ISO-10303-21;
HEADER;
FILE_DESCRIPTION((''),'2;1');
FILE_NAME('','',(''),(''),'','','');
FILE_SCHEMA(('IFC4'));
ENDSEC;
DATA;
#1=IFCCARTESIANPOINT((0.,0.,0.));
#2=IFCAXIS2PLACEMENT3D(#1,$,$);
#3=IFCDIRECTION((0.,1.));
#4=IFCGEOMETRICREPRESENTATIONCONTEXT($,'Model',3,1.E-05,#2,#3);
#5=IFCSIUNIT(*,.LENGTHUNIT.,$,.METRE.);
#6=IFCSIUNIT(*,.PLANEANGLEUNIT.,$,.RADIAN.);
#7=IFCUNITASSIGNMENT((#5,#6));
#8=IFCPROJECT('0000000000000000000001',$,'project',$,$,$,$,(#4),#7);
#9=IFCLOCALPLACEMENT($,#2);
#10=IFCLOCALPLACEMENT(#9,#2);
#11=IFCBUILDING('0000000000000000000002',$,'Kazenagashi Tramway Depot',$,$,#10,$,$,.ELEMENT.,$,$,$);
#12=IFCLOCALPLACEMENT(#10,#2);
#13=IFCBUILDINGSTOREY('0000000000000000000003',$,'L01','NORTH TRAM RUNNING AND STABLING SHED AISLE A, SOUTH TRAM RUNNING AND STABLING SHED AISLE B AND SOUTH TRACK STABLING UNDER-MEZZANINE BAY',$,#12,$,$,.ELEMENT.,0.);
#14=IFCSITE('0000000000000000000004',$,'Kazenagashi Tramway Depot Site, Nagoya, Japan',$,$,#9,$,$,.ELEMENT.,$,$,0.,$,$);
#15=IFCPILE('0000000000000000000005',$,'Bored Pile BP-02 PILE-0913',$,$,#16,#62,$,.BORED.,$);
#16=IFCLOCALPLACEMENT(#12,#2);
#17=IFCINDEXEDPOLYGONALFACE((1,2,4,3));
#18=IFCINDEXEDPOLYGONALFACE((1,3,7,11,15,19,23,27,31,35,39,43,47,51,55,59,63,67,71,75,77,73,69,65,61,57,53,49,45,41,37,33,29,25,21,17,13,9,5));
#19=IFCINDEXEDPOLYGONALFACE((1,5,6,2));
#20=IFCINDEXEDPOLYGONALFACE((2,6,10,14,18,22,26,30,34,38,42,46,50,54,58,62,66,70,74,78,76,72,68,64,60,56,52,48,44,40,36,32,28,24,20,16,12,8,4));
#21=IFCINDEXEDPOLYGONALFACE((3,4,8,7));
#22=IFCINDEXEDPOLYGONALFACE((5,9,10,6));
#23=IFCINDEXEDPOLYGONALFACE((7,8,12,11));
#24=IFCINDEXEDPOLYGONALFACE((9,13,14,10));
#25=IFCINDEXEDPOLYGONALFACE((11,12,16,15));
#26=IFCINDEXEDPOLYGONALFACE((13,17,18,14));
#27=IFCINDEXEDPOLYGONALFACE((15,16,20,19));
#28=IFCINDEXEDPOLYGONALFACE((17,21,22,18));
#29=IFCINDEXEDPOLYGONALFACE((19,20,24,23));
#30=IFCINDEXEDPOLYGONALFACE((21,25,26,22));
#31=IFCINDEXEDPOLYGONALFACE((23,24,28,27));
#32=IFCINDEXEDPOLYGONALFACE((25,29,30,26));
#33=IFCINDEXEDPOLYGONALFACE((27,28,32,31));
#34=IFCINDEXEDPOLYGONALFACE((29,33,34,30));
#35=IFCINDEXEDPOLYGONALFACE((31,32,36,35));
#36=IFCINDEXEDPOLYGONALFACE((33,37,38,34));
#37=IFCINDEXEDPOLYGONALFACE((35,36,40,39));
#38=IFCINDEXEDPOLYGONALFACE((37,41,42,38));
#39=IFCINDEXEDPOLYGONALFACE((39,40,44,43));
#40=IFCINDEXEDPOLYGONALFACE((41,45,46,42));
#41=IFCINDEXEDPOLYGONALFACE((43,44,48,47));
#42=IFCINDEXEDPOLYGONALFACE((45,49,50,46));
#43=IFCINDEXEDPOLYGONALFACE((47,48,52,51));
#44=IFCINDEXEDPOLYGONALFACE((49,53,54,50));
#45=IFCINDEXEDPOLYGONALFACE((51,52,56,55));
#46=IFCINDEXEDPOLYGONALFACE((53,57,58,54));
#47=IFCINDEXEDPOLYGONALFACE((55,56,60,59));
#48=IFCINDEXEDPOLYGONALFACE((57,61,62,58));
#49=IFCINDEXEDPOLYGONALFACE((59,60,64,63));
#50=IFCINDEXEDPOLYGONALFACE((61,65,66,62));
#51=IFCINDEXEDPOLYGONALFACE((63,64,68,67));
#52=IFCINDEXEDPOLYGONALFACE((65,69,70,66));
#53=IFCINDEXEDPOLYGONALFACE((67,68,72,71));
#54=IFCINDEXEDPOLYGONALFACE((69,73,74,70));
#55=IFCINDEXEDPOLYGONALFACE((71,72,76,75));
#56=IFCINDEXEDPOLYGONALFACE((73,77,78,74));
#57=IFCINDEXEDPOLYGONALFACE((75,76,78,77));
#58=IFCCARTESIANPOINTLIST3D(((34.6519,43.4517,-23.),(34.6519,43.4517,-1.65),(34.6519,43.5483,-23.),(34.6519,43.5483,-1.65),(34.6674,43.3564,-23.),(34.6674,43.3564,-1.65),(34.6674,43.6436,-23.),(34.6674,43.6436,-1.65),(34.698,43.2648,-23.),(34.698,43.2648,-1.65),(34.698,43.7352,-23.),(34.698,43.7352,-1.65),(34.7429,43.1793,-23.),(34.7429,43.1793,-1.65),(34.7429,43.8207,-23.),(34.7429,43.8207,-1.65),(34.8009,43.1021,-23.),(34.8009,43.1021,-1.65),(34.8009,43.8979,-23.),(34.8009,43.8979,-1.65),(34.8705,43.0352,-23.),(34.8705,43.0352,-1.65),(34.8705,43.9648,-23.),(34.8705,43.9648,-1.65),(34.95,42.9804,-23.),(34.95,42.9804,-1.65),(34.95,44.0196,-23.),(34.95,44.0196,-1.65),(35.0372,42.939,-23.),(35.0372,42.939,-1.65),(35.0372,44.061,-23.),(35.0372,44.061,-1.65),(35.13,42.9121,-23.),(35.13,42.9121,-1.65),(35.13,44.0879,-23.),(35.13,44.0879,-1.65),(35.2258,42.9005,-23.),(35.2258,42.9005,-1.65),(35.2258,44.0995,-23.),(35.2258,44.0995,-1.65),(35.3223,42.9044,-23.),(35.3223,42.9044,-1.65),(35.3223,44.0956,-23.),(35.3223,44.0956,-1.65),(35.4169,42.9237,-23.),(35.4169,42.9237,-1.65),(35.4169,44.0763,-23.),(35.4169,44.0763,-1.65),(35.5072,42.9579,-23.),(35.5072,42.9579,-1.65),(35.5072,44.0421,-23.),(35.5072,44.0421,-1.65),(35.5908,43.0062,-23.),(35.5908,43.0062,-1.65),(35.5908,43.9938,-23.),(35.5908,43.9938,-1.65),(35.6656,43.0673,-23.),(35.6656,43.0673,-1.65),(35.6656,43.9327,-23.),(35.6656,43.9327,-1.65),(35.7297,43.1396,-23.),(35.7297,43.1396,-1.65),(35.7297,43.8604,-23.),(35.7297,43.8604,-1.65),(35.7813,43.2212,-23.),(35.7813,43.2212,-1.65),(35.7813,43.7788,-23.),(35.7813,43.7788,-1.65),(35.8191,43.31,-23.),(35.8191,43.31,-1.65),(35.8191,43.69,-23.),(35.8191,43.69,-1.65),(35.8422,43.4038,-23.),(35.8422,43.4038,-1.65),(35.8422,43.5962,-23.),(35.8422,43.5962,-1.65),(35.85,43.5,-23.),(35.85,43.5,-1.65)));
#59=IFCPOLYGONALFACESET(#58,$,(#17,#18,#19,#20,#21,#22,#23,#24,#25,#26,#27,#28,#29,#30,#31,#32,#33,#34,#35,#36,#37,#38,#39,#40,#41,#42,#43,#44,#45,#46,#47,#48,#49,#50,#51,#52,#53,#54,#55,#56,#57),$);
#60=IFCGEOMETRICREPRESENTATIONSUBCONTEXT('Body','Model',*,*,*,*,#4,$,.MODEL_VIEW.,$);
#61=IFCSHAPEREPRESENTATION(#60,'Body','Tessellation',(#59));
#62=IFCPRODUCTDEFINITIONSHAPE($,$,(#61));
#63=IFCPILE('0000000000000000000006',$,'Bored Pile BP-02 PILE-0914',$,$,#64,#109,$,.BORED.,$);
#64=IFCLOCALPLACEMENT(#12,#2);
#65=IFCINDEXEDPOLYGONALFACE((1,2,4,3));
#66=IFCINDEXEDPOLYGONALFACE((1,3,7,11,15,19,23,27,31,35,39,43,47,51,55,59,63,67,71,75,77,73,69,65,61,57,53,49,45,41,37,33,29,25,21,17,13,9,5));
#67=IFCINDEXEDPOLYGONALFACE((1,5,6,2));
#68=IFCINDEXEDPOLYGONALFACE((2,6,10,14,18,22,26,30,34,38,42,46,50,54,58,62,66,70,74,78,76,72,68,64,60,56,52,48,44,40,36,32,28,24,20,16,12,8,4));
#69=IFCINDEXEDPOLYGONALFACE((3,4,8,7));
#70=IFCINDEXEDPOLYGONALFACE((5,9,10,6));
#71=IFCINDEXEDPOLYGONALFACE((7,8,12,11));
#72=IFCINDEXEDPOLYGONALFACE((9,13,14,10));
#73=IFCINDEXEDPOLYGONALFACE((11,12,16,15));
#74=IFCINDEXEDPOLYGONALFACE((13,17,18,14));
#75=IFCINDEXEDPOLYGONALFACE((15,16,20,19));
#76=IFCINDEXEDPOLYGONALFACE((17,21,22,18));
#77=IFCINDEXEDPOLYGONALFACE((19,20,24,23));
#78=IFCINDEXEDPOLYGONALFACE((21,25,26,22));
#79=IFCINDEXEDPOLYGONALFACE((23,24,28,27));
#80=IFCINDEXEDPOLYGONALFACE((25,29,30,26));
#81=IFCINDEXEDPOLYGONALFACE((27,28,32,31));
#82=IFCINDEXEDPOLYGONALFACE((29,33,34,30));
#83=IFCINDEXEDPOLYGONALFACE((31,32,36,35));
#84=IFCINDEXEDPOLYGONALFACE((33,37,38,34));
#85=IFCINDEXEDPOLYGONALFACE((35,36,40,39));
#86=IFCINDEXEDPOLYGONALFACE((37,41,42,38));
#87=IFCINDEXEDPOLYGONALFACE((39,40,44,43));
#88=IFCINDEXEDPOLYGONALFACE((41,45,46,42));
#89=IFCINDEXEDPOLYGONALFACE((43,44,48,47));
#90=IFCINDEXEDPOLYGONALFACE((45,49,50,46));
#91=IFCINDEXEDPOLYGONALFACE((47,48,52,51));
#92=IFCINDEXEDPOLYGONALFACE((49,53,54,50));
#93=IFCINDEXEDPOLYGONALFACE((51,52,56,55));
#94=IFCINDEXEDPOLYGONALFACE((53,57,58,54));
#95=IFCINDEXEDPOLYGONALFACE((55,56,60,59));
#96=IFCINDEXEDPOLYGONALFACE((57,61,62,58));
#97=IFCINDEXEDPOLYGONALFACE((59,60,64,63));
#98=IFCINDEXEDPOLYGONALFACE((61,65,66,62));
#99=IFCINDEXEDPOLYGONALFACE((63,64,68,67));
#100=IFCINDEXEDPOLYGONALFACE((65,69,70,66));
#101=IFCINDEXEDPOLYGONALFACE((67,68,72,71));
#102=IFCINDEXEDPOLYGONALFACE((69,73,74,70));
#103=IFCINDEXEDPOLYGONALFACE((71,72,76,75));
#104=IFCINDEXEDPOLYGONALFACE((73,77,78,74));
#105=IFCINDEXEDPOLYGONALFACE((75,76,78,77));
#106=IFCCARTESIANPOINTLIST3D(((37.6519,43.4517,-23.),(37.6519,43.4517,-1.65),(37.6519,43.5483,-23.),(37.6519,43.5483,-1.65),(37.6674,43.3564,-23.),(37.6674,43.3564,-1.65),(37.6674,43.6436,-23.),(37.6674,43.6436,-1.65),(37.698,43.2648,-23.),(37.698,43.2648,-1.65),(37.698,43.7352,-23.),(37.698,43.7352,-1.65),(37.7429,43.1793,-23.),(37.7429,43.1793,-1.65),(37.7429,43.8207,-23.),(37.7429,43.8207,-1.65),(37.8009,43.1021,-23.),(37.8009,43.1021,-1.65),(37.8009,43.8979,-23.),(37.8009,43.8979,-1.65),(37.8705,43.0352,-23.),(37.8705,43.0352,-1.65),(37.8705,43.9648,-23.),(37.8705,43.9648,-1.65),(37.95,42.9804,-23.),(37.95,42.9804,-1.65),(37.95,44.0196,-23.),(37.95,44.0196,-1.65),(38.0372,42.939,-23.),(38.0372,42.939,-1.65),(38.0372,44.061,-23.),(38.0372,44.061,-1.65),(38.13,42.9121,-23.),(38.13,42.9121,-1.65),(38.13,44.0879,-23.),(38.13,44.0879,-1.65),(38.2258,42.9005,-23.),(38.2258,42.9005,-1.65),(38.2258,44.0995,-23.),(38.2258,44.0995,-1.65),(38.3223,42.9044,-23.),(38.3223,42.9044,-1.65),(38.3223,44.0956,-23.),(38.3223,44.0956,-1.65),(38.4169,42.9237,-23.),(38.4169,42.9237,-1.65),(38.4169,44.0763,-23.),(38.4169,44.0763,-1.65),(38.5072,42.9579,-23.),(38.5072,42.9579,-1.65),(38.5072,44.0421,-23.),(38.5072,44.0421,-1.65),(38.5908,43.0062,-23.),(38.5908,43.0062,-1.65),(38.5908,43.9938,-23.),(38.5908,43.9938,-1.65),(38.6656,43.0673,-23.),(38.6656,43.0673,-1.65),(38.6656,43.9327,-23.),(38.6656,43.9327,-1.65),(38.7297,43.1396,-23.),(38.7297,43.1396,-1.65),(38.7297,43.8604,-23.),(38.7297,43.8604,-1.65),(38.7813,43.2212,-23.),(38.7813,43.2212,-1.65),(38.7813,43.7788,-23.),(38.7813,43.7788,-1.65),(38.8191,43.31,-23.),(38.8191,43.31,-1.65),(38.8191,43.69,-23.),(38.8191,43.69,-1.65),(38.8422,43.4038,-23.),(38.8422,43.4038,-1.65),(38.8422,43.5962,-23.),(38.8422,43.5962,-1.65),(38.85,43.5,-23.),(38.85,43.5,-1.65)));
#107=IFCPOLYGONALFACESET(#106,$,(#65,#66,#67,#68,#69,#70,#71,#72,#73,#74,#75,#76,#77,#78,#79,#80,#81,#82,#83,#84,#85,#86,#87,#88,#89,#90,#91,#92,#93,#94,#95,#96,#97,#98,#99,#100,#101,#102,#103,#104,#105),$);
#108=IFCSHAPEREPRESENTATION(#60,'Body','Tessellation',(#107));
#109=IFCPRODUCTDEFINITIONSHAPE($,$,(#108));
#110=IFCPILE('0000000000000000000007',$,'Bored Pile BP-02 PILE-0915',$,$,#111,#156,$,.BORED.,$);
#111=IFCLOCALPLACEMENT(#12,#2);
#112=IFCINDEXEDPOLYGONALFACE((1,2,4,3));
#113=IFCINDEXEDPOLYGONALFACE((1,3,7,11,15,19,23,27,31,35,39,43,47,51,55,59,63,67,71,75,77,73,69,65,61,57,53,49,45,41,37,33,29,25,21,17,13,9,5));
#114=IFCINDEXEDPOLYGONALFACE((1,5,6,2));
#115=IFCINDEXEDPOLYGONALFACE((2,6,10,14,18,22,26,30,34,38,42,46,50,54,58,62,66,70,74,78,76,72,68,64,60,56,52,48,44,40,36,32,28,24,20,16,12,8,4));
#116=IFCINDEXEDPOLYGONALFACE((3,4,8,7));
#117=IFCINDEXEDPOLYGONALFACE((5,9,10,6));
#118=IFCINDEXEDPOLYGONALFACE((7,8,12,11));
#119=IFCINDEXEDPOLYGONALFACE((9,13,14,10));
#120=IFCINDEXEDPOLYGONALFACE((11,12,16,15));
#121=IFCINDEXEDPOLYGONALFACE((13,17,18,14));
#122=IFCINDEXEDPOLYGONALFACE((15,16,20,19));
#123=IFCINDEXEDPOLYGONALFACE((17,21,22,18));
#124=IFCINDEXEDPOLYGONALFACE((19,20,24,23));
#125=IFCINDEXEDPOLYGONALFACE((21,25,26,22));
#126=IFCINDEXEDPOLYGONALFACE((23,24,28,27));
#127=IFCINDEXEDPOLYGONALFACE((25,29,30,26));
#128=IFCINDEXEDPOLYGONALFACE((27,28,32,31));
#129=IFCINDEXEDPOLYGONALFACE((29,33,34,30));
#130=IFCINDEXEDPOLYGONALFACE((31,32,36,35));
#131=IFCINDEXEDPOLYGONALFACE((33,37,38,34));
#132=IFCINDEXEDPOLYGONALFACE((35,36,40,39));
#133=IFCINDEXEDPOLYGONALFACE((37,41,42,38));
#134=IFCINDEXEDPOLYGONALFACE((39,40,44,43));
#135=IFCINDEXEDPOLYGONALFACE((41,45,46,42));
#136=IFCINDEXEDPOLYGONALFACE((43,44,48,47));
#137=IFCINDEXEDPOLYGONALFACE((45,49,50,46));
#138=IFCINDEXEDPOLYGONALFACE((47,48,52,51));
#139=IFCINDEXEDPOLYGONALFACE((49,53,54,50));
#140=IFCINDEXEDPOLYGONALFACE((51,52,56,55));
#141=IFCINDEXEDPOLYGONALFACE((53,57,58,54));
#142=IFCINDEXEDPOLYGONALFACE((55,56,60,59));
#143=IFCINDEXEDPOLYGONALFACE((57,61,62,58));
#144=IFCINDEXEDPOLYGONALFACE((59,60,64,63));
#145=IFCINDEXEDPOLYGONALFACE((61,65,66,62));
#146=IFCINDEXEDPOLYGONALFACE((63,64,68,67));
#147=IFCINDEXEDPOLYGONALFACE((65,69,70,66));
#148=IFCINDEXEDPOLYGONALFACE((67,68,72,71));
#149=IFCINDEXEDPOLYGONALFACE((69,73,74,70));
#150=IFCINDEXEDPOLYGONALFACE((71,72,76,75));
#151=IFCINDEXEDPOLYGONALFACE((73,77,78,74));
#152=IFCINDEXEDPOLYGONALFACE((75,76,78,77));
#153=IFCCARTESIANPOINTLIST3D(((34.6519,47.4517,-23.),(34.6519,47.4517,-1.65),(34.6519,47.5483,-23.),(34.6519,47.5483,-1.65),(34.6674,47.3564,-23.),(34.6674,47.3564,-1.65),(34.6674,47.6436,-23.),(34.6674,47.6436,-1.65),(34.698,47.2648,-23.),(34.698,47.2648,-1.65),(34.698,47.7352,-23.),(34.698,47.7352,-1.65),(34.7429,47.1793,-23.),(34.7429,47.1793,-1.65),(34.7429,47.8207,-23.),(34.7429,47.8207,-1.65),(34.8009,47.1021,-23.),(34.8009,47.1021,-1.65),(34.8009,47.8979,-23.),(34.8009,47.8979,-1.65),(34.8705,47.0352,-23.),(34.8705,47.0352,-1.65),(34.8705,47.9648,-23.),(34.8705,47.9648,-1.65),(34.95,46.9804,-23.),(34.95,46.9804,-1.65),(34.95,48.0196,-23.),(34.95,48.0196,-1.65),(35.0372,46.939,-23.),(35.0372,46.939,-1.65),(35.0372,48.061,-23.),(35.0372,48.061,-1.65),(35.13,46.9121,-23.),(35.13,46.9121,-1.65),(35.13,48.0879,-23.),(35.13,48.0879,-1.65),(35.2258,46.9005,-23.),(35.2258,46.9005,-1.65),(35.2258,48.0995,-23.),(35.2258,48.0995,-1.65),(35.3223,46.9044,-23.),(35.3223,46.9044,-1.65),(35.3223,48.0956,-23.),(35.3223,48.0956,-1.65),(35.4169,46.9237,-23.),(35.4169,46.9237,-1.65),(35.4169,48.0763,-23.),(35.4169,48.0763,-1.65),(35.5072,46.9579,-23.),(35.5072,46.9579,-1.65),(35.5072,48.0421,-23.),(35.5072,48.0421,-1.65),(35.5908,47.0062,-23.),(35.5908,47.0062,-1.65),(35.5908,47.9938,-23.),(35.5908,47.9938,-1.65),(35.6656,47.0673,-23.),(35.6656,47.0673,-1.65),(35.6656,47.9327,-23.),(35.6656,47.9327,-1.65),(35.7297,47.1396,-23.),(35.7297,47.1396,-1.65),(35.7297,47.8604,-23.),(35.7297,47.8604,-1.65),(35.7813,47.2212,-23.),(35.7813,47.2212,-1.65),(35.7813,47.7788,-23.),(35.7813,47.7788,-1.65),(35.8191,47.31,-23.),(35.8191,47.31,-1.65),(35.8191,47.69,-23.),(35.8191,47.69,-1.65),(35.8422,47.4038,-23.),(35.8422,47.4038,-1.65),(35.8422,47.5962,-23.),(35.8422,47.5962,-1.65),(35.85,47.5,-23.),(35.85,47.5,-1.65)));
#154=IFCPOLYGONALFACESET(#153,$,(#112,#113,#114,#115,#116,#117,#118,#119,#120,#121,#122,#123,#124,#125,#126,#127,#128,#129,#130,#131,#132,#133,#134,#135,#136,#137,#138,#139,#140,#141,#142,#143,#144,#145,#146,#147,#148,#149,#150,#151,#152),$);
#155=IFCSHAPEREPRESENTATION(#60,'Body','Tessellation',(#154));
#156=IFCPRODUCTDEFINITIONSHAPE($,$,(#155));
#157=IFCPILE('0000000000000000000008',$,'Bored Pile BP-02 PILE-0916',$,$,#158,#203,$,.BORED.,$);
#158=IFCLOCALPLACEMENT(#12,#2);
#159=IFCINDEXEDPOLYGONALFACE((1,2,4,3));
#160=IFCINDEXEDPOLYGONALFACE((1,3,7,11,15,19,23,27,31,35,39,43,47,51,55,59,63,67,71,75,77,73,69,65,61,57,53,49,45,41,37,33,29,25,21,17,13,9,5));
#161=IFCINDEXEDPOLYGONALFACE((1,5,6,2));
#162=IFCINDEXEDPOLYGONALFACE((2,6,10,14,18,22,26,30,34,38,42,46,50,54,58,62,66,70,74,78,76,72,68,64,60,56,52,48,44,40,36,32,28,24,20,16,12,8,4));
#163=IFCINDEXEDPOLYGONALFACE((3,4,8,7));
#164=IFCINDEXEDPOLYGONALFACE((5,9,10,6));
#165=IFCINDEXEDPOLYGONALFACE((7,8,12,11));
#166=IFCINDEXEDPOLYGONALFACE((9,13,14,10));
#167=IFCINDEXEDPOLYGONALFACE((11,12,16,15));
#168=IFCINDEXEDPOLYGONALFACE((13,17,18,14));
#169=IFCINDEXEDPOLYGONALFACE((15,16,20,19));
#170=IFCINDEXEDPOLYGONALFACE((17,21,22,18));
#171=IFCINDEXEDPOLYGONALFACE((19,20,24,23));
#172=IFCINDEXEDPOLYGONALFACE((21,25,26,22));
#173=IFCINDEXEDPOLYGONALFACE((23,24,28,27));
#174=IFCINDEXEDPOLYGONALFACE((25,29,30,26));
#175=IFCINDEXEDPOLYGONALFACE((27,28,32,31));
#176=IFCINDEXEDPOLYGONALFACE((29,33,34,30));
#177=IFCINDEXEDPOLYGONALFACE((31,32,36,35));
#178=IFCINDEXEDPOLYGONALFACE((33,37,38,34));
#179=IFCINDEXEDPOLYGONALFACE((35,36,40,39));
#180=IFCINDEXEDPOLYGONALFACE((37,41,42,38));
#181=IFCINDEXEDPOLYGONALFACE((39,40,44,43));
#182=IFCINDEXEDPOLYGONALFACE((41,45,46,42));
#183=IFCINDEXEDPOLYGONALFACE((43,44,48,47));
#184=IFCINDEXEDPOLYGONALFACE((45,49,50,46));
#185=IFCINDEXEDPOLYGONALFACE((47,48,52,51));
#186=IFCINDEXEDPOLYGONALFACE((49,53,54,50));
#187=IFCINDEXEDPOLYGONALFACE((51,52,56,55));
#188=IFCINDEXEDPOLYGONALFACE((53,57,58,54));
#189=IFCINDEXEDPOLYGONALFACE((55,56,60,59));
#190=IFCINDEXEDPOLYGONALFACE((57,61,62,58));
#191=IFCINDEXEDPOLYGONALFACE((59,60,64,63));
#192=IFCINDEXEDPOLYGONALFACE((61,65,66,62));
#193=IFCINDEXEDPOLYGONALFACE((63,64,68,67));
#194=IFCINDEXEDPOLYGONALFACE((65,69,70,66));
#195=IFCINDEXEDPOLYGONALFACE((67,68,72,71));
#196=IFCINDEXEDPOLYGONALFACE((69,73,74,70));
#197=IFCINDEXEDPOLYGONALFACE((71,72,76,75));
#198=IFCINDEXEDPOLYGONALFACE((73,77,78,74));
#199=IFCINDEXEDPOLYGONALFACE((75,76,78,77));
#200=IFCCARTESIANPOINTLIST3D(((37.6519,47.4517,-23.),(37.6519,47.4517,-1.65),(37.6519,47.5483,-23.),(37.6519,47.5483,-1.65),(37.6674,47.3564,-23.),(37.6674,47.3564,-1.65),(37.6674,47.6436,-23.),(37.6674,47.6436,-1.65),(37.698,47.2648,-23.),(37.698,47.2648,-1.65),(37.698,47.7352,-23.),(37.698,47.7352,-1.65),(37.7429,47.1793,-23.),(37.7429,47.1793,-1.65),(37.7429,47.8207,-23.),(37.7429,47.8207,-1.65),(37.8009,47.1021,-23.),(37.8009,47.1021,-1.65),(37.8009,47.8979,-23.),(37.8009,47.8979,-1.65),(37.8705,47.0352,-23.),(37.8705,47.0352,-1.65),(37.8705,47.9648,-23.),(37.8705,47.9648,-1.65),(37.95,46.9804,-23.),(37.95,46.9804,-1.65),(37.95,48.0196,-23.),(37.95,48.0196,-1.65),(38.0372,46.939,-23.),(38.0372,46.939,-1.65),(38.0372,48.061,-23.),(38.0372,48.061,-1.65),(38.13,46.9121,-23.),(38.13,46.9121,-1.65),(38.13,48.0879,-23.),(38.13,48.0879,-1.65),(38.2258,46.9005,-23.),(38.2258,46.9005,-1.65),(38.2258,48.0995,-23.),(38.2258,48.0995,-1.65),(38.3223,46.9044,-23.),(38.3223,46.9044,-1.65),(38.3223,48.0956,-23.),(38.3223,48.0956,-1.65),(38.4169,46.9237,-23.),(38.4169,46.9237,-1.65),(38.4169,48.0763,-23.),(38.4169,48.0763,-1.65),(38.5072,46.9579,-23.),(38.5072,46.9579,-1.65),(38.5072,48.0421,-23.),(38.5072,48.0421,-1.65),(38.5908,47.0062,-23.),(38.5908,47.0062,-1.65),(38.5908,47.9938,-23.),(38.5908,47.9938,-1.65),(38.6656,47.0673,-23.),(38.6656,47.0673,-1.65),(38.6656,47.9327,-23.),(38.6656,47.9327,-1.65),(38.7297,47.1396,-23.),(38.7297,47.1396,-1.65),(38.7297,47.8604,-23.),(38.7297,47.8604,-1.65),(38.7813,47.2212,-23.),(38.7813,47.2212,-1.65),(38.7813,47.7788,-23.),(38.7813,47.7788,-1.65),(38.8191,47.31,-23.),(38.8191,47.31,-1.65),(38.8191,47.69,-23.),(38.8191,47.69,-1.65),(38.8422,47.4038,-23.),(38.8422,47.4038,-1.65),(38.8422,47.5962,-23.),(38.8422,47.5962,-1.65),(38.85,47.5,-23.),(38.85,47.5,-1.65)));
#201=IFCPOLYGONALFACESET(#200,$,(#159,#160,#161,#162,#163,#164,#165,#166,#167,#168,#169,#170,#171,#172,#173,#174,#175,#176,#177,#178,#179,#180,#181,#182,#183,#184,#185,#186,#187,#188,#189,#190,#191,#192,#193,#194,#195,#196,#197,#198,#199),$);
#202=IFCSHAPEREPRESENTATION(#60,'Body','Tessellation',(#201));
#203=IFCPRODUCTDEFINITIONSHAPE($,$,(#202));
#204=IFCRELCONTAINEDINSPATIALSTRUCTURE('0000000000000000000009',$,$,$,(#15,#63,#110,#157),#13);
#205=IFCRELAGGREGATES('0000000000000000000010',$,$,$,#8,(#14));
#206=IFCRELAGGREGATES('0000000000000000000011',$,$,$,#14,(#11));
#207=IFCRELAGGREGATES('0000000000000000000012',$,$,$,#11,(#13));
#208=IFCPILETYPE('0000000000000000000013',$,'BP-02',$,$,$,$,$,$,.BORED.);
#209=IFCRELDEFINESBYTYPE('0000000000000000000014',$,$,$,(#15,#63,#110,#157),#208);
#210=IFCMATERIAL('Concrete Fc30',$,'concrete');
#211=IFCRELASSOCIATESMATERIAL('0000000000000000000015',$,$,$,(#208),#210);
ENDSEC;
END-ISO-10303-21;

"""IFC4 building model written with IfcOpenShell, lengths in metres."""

from ifc_helpers import new_model, si_unit, direction, frame, origin, origin_2d, place, context, subcontext, project, spatial, circle, extrude, material, material_profile, profile_set, type_object, element, save


model = new_model("IFC4")

# Units and contexts
model_context = context("Model", 3, precision=1e-05, world=origin(), true_north=direction((0.0, 1.0)))
body_context = subcontext(model_context, "Body", "Model", "MODEL_VIEW")
ifc_project = project(units=[si_unit("LENGTHUNIT", "METRE"), si_unit("PLANEANGLEUNIT", "RADIAN")], contexts=[model_context])

# Site, building, storey
site_placement = place(None, origin())
site = spatial("IfcSite", under=ifc_project, at=site_placement, Name="Kazenagashi Tramway Depot Site, Nagoya, Japan", CompositionType="ELEMENT", RefElevation=0.0)
building_placement = place(site_placement, origin())
building = spatial("IfcBuilding", under=site, at=building_placement, Name="Kazenagashi Tramway Depot", CompositionType="ELEMENT")
storey_placement = place(building_placement, origin())
storey = spatial("IfcBuildingStorey", under=building, at=storey_placement, Name="L01", Description="NORTH TRAM RUNNING AND STABLING SHED AISLE A, SOUTH TRAM RUNNING AND STABLING SHED AISLE B AND SOUTH TRACK STABLING UNDER-MEZZANINE BAY", CompositionType="ELEMENT", Elevation=0.0)

# Piles
ifc_material_1 = material(Name="Concrete Fc30", Category="concrete")
ifc_material_profile_1 = material_profile(ifc_material_1, circle(Radius=0.6, at=origin_2d()), Name="PILE-1200")
ifc_profile_set_1 = profile_set([ifc_material_profile_1], Name="Concrete Fc30")
pile_type_1 = type_object("IfcPileType", Name="BP-02", PredefinedType="BORED", material=ifc_profile_set_1)
for number, where, z_axis, x_axis, name in (
    (1, (35.25, 43.5, -1.65), (0.0, 0.0, -1.0), (1.0, 0.0, 0.0), "Bored Pile BP-02 PILE-0913"),
    (2, (38.25, 43.5, -1.65), (0.0, 0.0, -1.0), (1.0, 0.0, 0.0), "Bored Pile BP-02 PILE-0914"),
    (3, (35.25, 47.5, -1.65), (0.0, 0.0, -1.0), (1.0, 0.0, 0.0), "Bored Pile BP-02 PILE-0915"),
    (4, (38.25, 47.5, -1.65), (0.0, 0.0, -1.0), (1.0, 0.0, 0.0), "Bored Pile BP-02 PILE-0916"),
):
    element("IfcPile", number, at=place(storey_placement, frame(where, z_axis=z_axis, x_axis=x_axis)), inside=storey, type_object=pile_type_1, Name=name, PredefinedType="BORED", context=body_context, shape_type="SweptSolid", body=[
        extrude(circle(Radius=0.6, at=origin_2d()), origin(), (0.0, 0.0, 1.0), 21.35),
    ])

save(model, "model.ifc")
